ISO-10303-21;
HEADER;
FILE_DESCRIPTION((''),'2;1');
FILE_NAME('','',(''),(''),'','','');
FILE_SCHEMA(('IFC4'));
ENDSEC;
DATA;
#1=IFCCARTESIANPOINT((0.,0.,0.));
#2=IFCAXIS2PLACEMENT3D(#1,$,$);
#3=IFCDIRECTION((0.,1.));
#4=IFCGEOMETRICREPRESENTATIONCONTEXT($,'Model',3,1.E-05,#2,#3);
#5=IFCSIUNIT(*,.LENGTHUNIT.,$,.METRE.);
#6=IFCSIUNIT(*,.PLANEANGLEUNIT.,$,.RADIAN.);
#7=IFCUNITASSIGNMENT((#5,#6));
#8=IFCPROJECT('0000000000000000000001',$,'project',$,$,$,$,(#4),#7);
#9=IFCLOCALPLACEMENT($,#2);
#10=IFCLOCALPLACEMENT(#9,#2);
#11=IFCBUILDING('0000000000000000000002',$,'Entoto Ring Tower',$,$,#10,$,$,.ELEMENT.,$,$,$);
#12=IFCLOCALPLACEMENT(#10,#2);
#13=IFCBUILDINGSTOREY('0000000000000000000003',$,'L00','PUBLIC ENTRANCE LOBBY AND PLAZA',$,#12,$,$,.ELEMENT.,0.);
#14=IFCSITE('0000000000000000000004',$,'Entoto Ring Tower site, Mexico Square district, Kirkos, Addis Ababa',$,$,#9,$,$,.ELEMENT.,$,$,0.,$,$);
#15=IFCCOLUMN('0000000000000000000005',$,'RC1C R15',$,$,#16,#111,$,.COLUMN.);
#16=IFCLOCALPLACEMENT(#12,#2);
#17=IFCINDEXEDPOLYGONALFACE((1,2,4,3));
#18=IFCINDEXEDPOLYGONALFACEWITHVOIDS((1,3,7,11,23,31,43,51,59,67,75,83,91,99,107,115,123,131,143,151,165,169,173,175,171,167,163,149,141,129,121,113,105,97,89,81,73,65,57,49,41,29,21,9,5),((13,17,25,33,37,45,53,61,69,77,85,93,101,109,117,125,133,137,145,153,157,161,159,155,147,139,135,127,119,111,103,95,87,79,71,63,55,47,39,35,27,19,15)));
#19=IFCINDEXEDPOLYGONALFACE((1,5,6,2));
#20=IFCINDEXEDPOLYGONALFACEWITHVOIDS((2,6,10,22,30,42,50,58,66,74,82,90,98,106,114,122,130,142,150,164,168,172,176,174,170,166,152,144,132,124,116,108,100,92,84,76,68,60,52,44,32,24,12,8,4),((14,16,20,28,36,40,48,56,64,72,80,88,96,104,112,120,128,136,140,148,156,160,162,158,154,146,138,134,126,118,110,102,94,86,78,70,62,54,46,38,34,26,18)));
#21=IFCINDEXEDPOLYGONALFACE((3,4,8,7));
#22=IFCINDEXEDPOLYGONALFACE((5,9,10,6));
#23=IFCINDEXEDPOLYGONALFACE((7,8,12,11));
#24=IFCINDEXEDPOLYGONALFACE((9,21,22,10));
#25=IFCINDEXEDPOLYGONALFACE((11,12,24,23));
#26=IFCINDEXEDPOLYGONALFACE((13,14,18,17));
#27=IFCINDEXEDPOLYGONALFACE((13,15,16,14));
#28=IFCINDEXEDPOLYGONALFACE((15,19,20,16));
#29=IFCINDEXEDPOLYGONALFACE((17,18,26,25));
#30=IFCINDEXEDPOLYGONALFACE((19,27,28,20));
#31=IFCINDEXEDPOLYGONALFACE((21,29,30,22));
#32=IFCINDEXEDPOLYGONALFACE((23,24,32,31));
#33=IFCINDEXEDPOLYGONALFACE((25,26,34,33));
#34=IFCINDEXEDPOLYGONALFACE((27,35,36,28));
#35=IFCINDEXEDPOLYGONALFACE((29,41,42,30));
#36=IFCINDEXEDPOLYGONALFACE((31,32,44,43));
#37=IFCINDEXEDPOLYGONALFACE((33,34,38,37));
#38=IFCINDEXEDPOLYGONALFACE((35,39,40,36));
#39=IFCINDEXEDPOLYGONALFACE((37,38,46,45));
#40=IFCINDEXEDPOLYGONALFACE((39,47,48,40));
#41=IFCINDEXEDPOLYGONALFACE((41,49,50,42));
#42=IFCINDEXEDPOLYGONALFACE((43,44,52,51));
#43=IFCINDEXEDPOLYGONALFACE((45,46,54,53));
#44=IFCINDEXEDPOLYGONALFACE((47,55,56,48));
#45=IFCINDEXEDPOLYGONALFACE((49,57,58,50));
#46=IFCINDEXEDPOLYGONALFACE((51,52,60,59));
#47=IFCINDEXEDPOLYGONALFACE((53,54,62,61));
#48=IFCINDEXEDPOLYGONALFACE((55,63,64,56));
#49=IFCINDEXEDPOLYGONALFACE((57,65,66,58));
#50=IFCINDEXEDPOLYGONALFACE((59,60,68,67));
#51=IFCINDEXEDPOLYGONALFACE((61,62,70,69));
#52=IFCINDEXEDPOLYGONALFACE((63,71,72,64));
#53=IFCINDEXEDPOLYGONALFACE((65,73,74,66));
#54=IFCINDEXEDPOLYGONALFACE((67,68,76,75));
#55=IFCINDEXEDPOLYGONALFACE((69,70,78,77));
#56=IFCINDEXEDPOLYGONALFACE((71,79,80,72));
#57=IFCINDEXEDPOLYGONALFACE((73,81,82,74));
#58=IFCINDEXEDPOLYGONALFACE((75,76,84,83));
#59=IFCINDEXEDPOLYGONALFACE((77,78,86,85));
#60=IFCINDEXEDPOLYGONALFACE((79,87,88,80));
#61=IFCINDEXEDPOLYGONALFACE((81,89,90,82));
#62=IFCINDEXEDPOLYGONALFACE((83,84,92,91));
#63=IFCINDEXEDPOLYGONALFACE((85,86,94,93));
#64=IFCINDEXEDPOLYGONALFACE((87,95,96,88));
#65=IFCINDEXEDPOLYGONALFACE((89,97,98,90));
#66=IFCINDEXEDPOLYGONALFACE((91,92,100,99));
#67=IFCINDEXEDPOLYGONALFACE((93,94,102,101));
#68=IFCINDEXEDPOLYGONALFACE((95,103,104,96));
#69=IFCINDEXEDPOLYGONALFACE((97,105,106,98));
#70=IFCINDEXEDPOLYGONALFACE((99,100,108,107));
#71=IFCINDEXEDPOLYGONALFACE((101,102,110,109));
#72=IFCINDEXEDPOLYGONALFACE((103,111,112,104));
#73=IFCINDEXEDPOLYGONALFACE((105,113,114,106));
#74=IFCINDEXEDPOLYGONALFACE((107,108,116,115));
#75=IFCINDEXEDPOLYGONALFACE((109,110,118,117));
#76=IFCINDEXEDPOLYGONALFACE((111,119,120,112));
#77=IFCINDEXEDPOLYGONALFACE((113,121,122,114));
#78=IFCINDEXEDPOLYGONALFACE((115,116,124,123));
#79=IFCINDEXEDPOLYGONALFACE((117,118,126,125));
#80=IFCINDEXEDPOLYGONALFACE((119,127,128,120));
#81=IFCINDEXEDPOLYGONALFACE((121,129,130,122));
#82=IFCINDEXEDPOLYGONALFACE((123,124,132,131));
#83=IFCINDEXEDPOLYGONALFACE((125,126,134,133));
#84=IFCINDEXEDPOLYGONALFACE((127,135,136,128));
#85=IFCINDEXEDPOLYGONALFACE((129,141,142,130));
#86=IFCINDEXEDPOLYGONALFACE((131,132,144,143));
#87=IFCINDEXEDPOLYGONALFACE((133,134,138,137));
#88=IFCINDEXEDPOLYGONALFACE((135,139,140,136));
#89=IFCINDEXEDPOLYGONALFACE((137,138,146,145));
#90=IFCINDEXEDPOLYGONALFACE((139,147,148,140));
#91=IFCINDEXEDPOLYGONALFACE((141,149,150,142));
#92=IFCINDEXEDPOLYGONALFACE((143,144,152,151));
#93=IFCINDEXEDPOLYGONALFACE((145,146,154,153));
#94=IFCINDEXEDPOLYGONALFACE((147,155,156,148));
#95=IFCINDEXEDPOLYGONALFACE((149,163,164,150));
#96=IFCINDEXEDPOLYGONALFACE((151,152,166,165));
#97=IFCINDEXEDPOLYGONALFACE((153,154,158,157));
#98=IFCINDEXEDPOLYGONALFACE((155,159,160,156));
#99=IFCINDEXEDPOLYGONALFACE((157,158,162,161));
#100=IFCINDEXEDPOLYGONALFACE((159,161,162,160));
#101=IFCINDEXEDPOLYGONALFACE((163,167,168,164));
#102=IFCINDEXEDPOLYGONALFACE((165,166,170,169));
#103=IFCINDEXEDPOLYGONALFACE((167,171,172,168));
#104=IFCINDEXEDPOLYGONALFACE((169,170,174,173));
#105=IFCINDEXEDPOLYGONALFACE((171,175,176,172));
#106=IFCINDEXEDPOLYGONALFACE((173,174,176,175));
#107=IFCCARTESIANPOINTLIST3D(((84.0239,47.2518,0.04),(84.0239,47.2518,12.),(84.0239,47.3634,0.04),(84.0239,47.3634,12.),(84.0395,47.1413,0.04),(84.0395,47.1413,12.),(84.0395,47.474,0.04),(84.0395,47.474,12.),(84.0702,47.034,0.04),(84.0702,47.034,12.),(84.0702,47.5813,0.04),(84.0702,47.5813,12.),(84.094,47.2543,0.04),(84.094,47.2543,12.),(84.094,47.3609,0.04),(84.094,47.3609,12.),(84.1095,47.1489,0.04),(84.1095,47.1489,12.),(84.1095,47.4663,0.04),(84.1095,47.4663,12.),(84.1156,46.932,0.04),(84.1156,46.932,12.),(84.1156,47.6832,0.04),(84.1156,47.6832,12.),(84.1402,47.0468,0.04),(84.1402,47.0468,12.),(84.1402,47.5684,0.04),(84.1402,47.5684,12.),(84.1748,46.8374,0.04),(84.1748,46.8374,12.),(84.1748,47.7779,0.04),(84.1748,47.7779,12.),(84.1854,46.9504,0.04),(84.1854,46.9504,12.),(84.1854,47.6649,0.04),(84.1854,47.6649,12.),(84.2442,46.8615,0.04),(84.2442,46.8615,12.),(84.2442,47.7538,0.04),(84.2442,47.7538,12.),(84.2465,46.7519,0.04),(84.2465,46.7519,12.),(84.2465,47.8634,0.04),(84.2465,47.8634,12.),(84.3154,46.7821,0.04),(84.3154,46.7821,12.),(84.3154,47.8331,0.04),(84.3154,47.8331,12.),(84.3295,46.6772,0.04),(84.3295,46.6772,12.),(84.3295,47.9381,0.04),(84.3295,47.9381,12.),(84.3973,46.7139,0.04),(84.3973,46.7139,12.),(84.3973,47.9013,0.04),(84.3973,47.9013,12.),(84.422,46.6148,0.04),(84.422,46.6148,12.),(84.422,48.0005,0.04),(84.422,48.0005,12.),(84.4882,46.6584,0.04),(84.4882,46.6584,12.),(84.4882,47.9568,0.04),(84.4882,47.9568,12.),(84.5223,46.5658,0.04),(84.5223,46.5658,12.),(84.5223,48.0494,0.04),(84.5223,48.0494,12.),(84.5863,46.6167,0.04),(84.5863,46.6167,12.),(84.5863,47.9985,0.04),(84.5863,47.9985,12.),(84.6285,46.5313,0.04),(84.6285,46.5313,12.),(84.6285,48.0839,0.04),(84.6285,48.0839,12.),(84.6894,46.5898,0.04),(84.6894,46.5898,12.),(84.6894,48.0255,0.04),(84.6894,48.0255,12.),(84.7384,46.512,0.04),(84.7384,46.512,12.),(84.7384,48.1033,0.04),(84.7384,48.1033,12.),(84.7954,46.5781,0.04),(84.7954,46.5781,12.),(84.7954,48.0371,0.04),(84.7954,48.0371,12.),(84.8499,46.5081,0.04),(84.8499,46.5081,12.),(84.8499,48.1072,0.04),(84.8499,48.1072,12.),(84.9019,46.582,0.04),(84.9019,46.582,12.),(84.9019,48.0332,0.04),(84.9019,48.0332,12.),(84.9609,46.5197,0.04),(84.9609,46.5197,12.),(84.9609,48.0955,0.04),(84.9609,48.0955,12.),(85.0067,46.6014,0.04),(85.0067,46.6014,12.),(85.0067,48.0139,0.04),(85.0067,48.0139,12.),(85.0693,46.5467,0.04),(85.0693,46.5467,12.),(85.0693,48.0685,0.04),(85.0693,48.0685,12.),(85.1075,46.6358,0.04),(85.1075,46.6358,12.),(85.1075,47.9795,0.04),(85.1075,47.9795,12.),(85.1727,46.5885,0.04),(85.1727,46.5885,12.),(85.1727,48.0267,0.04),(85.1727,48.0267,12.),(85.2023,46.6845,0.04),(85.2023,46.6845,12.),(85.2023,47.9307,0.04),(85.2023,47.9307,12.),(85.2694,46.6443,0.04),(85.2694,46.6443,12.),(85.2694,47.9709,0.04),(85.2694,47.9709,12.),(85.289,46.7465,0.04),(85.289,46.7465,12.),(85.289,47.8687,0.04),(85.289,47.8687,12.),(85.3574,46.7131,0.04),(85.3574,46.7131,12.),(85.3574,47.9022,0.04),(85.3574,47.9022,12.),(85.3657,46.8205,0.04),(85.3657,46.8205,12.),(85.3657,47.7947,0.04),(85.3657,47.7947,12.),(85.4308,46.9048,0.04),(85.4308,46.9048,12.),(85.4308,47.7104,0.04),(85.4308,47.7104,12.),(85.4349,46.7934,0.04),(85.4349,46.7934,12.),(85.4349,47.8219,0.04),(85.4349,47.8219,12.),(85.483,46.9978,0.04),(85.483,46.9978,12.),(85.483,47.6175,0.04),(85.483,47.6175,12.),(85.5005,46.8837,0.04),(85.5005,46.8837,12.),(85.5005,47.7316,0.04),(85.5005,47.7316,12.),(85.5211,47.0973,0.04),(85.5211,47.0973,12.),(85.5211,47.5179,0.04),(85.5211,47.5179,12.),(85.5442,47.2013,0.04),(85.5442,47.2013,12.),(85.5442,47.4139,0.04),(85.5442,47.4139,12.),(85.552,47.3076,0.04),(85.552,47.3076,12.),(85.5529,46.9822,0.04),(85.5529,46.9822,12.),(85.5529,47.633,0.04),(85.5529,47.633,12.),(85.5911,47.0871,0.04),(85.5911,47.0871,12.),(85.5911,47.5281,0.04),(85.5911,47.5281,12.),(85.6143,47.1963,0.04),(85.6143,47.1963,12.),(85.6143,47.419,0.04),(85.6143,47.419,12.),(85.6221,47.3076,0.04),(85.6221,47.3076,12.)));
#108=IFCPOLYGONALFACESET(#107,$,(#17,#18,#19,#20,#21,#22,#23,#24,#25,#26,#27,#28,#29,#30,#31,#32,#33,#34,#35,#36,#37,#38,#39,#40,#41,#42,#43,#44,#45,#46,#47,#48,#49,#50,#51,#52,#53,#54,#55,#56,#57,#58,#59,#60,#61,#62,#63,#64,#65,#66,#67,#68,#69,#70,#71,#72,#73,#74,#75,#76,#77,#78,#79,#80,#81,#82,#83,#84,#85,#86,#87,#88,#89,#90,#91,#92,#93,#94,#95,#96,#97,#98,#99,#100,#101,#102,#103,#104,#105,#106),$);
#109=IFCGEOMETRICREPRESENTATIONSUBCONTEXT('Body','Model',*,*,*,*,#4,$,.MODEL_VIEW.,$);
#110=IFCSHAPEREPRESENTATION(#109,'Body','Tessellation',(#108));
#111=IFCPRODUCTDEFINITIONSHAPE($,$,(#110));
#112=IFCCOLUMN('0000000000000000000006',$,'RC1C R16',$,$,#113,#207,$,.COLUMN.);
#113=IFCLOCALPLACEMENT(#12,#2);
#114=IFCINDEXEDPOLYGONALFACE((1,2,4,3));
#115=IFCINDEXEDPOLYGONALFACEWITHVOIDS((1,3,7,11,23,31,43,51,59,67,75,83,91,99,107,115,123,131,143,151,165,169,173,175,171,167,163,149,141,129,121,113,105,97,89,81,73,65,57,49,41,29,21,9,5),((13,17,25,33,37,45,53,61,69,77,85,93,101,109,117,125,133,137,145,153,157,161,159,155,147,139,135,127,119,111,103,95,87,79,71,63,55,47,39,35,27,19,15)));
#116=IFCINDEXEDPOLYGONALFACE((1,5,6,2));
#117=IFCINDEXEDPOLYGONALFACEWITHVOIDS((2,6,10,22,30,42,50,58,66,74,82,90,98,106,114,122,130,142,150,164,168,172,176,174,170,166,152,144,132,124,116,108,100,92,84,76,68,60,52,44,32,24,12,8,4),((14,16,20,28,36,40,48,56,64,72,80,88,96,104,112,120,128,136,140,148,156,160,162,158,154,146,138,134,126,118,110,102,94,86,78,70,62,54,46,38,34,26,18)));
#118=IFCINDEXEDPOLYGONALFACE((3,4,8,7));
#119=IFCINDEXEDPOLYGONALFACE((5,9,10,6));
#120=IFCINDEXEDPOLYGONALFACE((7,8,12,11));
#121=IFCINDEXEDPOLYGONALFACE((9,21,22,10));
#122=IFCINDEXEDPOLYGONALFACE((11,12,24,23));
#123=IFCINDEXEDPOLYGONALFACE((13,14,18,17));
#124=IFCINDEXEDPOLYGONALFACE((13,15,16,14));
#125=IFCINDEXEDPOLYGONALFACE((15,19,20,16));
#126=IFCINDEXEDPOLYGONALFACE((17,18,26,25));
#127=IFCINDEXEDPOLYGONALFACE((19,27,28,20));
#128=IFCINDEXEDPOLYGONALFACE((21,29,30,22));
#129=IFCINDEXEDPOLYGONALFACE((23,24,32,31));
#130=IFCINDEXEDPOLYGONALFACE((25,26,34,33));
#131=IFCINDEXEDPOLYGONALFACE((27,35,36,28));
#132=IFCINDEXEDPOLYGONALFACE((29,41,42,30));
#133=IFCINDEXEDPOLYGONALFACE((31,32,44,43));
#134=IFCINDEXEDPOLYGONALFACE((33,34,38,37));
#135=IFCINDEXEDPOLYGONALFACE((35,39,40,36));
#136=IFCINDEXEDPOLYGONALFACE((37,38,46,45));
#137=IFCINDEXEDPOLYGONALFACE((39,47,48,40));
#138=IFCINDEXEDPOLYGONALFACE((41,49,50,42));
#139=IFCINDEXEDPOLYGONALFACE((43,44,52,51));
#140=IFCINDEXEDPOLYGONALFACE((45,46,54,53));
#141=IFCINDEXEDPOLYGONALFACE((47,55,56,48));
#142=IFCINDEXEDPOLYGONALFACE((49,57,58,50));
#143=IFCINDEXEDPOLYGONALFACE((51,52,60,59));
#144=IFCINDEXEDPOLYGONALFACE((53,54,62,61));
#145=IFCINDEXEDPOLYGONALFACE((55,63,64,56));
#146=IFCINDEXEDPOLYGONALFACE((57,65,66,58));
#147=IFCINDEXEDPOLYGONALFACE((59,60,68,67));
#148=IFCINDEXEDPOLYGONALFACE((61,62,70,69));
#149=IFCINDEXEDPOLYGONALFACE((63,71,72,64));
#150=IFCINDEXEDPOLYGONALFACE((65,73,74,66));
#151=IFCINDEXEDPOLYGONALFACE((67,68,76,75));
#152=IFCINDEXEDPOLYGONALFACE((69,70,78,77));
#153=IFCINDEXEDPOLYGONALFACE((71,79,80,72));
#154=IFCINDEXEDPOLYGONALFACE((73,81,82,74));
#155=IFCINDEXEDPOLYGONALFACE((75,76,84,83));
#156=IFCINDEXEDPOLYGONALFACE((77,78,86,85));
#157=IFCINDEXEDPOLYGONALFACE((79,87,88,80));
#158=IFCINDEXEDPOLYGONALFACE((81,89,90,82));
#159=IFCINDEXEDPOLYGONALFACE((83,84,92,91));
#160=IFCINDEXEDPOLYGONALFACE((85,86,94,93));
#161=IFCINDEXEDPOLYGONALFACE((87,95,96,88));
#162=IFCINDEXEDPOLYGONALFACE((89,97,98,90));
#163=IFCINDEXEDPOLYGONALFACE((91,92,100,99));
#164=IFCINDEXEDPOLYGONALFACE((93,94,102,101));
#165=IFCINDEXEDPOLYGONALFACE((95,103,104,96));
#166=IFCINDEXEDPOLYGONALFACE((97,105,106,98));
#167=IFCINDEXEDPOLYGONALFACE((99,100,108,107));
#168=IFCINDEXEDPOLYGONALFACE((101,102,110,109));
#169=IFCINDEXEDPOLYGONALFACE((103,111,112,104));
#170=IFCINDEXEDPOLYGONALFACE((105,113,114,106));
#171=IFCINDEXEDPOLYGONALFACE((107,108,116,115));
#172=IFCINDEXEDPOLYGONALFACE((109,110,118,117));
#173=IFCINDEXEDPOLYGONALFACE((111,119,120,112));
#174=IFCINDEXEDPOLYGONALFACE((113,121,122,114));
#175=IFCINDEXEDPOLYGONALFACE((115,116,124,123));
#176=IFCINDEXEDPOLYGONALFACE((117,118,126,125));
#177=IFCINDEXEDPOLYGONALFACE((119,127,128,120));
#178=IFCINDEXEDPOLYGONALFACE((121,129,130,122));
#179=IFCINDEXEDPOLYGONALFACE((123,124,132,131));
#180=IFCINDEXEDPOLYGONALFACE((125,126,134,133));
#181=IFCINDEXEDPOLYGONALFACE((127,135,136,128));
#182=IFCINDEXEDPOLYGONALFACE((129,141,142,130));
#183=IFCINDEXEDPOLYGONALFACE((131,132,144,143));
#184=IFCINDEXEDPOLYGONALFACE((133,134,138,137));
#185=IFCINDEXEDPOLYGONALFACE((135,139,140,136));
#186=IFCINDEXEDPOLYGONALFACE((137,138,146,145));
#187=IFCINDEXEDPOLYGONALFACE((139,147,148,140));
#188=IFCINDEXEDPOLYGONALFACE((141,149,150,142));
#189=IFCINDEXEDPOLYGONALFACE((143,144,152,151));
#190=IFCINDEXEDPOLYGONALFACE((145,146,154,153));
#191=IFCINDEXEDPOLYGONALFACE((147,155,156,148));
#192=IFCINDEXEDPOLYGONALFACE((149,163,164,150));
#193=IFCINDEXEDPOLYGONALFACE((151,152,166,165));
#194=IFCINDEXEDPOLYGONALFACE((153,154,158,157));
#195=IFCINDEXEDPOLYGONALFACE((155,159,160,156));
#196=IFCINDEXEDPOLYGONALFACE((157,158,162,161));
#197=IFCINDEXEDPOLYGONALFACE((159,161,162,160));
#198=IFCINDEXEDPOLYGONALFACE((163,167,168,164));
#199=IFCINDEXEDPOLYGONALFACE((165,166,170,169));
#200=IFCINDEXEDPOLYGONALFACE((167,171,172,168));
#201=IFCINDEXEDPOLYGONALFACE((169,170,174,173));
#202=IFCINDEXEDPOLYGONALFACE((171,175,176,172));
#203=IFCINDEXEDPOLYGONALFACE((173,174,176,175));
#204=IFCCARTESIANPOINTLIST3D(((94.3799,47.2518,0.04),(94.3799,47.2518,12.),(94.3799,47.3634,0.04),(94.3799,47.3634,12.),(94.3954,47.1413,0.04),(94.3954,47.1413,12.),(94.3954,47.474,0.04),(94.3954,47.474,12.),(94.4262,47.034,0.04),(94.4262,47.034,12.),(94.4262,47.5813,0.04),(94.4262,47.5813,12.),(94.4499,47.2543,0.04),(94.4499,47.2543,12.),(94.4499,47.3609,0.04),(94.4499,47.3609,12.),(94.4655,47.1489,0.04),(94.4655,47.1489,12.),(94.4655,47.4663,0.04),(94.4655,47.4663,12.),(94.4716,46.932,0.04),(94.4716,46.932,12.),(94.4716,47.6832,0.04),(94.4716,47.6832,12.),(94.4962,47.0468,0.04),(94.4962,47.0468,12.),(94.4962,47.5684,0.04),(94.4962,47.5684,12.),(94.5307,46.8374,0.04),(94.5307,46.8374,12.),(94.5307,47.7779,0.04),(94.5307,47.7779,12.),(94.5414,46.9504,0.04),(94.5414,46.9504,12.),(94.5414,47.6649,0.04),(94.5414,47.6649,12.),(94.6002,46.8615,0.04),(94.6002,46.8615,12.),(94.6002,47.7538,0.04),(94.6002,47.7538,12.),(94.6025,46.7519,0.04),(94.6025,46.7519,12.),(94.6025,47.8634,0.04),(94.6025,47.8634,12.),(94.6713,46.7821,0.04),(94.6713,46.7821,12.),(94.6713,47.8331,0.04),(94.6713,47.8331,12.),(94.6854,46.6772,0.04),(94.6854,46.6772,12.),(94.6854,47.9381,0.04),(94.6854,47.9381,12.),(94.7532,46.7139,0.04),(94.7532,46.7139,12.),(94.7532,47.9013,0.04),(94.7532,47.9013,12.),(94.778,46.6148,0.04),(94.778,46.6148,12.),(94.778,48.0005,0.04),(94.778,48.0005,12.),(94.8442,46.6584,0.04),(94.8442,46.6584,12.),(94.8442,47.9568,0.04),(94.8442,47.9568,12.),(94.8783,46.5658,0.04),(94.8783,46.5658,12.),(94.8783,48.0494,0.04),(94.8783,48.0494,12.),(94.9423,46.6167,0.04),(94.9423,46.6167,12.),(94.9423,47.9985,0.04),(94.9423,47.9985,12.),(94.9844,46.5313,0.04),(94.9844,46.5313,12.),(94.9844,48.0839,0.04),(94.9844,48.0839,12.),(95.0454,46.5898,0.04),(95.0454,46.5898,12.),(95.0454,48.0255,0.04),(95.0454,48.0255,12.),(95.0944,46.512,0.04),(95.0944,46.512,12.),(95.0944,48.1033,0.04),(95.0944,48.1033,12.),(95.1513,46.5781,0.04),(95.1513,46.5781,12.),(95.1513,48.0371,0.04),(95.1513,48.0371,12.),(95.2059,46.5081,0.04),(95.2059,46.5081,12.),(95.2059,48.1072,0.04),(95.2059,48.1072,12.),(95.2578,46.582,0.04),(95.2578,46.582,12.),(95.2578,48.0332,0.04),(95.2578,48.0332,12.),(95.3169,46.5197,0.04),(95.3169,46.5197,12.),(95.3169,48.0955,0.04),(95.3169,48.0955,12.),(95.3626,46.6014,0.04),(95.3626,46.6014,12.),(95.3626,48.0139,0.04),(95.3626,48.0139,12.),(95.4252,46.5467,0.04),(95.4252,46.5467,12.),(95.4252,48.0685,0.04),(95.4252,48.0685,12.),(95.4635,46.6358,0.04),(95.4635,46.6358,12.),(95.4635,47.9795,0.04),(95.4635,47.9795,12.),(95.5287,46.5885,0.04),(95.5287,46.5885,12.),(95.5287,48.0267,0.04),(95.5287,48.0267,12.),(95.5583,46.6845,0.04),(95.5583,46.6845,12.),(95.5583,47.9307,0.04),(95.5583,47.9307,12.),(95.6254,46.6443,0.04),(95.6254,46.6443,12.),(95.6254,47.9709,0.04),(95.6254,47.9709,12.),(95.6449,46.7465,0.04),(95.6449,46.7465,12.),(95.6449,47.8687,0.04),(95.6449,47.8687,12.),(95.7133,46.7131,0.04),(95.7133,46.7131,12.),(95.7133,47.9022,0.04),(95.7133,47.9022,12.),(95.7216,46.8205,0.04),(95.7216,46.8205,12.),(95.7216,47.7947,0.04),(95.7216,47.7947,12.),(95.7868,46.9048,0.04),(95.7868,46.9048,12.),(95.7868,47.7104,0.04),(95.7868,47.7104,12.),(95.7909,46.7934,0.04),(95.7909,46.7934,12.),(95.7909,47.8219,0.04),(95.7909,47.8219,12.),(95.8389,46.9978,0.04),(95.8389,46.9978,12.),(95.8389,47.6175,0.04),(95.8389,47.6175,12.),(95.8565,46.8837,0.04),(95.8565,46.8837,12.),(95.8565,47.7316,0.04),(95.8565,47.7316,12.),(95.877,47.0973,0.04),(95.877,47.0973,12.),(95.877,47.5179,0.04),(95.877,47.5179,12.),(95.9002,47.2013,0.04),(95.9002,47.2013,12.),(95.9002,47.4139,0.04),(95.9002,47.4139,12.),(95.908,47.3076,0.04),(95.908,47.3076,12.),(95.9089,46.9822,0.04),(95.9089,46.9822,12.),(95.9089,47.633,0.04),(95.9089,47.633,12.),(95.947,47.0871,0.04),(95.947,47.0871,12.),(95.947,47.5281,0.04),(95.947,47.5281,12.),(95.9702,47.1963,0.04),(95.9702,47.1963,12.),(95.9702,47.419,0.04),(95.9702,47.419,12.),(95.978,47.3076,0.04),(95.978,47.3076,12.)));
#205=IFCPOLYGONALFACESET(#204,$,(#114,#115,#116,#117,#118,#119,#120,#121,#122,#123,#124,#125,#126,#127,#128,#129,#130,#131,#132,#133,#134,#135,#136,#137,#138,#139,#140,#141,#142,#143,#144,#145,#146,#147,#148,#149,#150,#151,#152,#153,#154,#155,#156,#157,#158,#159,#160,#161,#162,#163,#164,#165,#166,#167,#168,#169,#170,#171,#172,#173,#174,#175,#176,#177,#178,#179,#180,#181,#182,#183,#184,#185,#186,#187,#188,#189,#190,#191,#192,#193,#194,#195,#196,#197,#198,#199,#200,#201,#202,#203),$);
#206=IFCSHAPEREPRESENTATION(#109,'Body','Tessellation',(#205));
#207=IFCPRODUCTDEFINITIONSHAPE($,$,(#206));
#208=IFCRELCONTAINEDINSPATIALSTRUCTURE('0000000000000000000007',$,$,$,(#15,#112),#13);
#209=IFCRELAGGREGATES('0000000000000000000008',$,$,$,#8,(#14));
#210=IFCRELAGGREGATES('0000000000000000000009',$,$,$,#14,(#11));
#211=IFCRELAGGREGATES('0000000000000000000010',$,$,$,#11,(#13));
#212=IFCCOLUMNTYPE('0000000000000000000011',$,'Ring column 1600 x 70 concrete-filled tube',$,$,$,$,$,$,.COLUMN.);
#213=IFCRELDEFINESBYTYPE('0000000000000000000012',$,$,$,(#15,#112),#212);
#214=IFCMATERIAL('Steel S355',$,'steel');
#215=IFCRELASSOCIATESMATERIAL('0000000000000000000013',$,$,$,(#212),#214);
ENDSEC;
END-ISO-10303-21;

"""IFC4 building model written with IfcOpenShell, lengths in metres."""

from ifc_helpers import new_model, si_unit, direction, frame, origin, origin_2d, place, context, subcontext, project, spatial, circle, hollow_circle, extrude, material, material_profile, profile_set, type_object, element, save


model = new_model("IFC4")

# Units and contexts
model_context = context("Model", 3, precision=1e-05, world=origin(), true_north=direction((0.0, 1.0)))
body_context = subcontext(model_context, "Body", "Model", "MODEL_VIEW")
ifc_project = project(units=[si_unit("LENGTHUNIT", "METRE"), si_unit("PLANEANGLEUNIT", "RADIAN")], contexts=[model_context])

# Site, building, storey
site_placement = place(None, origin())
site = spatial("IfcSite", under=ifc_project, at=site_placement, Name="Entoto Ring Tower site, Mexico Square district, Kirkos, Addis Ababa", CompositionType="ELEMENT", RefElevation=0.0)
building_placement = place(site_placement, origin())
building = spatial("IfcBuilding", under=site, at=building_placement, Name="Entoto Ring Tower", CompositionType="ELEMENT")
storey_placement = place(building_placement, origin())
storey = spatial("IfcBuildingStorey", under=building, at=storey_placement, Name="L00", Description="PUBLIC ENTRANCE LOBBY AND PLAZA", CompositionType="ELEMENT", Elevation=0.0)

# Columns
ifc_material_1 = material(Name="Steel S355", Category="steel")
ifc_material_profile_1 = material_profile(ifc_material_1, hollow_circle(Radius=0.8, WallThickness=0.0701, at=origin_2d()), Name="CHS 1600 x 70")
ifc_material_2 = material(Name="Concrete C60/75", Category="concrete")
ifc_material_profile_2 = material_profile(ifc_material_2, circle(Radius=0.73, at=origin_2d()), Name="Concrete C60/75 infill")
ifc_profile_set_1 = profile_set([ifc_material_profile_1, ifc_material_profile_2], Name="Steel S355")
column_type = type_object("IfcColumnType", Name="Ring column 1600 x 70 concrete-filled tube", PredefinedType="COLUMN", material=ifc_profile_set_1)
for number, where, z_axis, x_axis, name in (
    (1, (84.822, 47.3076, 0.04), (0.0, 0.0, 1.0), (1.0, 0.0, 0.0), "RC1C R15"),
    (2, (95.178, 47.3076, 0.04), (0.0, 0.0, 1.0), (1.0, 0.0, 0.0), "RC1C R16"),
):
    element("IfcColumn", number, at=place(storey_placement, frame(where, z_axis=z_axis, x_axis=x_axis)), inside=storey, type_object=column_type, Name=name, PredefinedType="COLUMN", context=body_context, shape_type="SweptSolid", body=[
        extrude(hollow_circle(Radius=0.8, WallThickness=0.0701, at=origin_2d()), origin(), (0.0, 0.0, 1.0), 11.96),
    ])

save(model, "model.ifc")
